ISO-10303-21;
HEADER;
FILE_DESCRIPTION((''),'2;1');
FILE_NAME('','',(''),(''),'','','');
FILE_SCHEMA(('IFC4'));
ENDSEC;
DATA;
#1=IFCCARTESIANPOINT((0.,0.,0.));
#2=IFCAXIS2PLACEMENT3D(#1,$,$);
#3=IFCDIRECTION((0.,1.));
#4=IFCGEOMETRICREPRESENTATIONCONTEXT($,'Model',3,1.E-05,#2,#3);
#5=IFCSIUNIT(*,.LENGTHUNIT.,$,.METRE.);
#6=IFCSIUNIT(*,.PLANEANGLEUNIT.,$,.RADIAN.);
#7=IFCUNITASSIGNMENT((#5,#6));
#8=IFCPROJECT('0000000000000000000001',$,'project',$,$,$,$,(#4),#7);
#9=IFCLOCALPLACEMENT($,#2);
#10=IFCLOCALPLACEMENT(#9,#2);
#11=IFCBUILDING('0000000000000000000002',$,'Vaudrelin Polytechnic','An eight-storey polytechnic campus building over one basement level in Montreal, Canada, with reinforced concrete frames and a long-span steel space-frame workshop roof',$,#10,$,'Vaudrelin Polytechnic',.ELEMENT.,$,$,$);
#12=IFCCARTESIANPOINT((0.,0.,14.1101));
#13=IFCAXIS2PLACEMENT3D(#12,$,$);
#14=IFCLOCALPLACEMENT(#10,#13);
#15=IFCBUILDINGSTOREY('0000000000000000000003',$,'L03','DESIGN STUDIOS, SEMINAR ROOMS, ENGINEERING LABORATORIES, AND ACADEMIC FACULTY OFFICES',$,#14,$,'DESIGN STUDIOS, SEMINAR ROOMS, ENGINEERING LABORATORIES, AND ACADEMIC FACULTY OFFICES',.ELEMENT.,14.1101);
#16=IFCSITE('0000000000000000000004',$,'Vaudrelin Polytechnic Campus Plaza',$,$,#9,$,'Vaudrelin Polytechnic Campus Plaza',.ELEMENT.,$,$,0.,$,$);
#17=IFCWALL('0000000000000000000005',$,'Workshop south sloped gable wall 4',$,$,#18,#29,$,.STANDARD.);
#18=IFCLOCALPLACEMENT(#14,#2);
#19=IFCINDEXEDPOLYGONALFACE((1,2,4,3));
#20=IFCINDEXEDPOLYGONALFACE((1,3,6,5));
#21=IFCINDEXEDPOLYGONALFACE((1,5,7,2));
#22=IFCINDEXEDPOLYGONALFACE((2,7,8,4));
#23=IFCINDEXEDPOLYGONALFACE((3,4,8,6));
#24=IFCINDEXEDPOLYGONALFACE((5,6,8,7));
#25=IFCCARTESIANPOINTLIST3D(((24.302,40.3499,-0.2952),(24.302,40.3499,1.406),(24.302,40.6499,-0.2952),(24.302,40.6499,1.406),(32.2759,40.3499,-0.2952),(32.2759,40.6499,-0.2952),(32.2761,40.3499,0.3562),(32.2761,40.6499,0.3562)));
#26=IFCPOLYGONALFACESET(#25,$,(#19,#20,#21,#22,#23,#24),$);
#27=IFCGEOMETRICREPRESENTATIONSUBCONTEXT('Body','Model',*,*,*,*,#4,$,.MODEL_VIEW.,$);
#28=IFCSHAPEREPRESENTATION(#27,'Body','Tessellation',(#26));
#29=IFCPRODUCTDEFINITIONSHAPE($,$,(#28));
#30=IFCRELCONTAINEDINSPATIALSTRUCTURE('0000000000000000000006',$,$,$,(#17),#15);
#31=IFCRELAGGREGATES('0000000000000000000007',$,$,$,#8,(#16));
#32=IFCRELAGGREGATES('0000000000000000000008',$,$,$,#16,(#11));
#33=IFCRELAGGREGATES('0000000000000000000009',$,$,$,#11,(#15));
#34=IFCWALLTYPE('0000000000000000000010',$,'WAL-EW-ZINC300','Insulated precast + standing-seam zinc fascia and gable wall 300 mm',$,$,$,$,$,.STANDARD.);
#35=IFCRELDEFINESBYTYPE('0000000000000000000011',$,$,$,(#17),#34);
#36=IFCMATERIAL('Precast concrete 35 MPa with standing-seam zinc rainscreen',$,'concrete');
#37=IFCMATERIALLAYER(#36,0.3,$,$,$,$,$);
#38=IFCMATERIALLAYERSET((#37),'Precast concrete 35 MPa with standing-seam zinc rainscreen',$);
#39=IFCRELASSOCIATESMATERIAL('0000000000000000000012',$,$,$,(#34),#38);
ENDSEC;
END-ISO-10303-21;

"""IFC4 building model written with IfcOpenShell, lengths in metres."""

from ifc_helpers import new_model, si_unit, direction, frame, origin, place, context, subcontext, project, spatial, polyline, outline, extrude, material, layer, layer_set, type_object, element, save


model = new_model("IFC4")

# Units and contexts
model_context = context("Model", 3, precision=1e-05, world=origin(), true_north=direction((0.0, 1.0)))
body_context = subcontext(model_context, "Body", "Model", "MODEL_VIEW")
ifc_project = project(units=[si_unit("LENGTHUNIT", "METRE"), si_unit("PLANEANGLEUNIT", "RADIAN")], contexts=[model_context])

# Site, building, storey
site_placement = place(None, origin())
site = spatial("IfcSite", under=ifc_project, at=site_placement, Name="Vaudrelin Polytechnic Campus Plaza", LongName="Vaudrelin Polytechnic Campus Plaza", CompositionType="ELEMENT", RefElevation=0.0)
building_placement = place(site_placement, origin())
building = spatial("IfcBuilding", under=site, at=building_placement, Name="Vaudrelin Polytechnic", Description="An eight-storey polytechnic campus building over one basement level in Montreal, Canada, with reinforced concrete frames and a long-span steel space-frame workshop roof", LongName="Vaudrelin Polytechnic", CompositionType="ELEMENT")
storey_placement = place(building_placement, frame((0.0, 0.0, 14.1101)))
storey = spatial("IfcBuildingStorey", under=building, at=storey_placement, Name="L03", Description="DESIGN STUDIOS, SEMINAR ROOMS, ENGINEERING LABORATORIES, AND ACADEMIC FACULTY OFFICES", LongName="DESIGN STUDIOS, SEMINAR ROOMS, ENGINEERING LABORATORIES, AND ACADEMIC FACULTY OFFICES", CompositionType="ELEMENT", Elevation=14.1101)

# Wall
ifc_material_1 = material(Name="Precast concrete 35 MPa with standing-seam zinc rainscreen", Category="concrete")
ifc_layer_1 = layer(ifc_material_1, 0.3)
ifc_layer_set_1 = layer_set([ifc_layer_1], Name="Precast concrete 35 MPa with standing-seam zinc rainscreen")
wall_type_1 = type_object("IfcWallType", Name="WAL-EW-ZINC300", Description="Insulated precast + standing-seam zinc fascia and gable wall 300 mm", PredefinedType="STANDARD", material=ifc_layer_set_1)
wall_1_placement = place(storey_placement, frame((24.302, 40.5, -0.2952), z_axis=(0.0, 0.0, 1.0), x_axis=(1.0, 0.0, 0.0)))
element("IfcWall", 1, at=wall_1_placement, inside=storey, type_object=wall_type_1, Name="Workshop south sloped gable wall 4", PredefinedType="STANDARD", context=body_context, shape_type="SweptSolid", body=[
    extrude(outline(polyline([(0.0, 0.0), (7.9739, 0.0), (7.9741, 0.6514), (0.0, 1.7012), (0.0, 0.0)])), frame((0.0, 0.1499, 0.0), z_axis=(0.0, -1.0, 0.0), x_axis=(1.0, 0.0, 0.0)), (0.0, 0.0, 1.0), 0.3),
])

save(model, "model.ifc")
